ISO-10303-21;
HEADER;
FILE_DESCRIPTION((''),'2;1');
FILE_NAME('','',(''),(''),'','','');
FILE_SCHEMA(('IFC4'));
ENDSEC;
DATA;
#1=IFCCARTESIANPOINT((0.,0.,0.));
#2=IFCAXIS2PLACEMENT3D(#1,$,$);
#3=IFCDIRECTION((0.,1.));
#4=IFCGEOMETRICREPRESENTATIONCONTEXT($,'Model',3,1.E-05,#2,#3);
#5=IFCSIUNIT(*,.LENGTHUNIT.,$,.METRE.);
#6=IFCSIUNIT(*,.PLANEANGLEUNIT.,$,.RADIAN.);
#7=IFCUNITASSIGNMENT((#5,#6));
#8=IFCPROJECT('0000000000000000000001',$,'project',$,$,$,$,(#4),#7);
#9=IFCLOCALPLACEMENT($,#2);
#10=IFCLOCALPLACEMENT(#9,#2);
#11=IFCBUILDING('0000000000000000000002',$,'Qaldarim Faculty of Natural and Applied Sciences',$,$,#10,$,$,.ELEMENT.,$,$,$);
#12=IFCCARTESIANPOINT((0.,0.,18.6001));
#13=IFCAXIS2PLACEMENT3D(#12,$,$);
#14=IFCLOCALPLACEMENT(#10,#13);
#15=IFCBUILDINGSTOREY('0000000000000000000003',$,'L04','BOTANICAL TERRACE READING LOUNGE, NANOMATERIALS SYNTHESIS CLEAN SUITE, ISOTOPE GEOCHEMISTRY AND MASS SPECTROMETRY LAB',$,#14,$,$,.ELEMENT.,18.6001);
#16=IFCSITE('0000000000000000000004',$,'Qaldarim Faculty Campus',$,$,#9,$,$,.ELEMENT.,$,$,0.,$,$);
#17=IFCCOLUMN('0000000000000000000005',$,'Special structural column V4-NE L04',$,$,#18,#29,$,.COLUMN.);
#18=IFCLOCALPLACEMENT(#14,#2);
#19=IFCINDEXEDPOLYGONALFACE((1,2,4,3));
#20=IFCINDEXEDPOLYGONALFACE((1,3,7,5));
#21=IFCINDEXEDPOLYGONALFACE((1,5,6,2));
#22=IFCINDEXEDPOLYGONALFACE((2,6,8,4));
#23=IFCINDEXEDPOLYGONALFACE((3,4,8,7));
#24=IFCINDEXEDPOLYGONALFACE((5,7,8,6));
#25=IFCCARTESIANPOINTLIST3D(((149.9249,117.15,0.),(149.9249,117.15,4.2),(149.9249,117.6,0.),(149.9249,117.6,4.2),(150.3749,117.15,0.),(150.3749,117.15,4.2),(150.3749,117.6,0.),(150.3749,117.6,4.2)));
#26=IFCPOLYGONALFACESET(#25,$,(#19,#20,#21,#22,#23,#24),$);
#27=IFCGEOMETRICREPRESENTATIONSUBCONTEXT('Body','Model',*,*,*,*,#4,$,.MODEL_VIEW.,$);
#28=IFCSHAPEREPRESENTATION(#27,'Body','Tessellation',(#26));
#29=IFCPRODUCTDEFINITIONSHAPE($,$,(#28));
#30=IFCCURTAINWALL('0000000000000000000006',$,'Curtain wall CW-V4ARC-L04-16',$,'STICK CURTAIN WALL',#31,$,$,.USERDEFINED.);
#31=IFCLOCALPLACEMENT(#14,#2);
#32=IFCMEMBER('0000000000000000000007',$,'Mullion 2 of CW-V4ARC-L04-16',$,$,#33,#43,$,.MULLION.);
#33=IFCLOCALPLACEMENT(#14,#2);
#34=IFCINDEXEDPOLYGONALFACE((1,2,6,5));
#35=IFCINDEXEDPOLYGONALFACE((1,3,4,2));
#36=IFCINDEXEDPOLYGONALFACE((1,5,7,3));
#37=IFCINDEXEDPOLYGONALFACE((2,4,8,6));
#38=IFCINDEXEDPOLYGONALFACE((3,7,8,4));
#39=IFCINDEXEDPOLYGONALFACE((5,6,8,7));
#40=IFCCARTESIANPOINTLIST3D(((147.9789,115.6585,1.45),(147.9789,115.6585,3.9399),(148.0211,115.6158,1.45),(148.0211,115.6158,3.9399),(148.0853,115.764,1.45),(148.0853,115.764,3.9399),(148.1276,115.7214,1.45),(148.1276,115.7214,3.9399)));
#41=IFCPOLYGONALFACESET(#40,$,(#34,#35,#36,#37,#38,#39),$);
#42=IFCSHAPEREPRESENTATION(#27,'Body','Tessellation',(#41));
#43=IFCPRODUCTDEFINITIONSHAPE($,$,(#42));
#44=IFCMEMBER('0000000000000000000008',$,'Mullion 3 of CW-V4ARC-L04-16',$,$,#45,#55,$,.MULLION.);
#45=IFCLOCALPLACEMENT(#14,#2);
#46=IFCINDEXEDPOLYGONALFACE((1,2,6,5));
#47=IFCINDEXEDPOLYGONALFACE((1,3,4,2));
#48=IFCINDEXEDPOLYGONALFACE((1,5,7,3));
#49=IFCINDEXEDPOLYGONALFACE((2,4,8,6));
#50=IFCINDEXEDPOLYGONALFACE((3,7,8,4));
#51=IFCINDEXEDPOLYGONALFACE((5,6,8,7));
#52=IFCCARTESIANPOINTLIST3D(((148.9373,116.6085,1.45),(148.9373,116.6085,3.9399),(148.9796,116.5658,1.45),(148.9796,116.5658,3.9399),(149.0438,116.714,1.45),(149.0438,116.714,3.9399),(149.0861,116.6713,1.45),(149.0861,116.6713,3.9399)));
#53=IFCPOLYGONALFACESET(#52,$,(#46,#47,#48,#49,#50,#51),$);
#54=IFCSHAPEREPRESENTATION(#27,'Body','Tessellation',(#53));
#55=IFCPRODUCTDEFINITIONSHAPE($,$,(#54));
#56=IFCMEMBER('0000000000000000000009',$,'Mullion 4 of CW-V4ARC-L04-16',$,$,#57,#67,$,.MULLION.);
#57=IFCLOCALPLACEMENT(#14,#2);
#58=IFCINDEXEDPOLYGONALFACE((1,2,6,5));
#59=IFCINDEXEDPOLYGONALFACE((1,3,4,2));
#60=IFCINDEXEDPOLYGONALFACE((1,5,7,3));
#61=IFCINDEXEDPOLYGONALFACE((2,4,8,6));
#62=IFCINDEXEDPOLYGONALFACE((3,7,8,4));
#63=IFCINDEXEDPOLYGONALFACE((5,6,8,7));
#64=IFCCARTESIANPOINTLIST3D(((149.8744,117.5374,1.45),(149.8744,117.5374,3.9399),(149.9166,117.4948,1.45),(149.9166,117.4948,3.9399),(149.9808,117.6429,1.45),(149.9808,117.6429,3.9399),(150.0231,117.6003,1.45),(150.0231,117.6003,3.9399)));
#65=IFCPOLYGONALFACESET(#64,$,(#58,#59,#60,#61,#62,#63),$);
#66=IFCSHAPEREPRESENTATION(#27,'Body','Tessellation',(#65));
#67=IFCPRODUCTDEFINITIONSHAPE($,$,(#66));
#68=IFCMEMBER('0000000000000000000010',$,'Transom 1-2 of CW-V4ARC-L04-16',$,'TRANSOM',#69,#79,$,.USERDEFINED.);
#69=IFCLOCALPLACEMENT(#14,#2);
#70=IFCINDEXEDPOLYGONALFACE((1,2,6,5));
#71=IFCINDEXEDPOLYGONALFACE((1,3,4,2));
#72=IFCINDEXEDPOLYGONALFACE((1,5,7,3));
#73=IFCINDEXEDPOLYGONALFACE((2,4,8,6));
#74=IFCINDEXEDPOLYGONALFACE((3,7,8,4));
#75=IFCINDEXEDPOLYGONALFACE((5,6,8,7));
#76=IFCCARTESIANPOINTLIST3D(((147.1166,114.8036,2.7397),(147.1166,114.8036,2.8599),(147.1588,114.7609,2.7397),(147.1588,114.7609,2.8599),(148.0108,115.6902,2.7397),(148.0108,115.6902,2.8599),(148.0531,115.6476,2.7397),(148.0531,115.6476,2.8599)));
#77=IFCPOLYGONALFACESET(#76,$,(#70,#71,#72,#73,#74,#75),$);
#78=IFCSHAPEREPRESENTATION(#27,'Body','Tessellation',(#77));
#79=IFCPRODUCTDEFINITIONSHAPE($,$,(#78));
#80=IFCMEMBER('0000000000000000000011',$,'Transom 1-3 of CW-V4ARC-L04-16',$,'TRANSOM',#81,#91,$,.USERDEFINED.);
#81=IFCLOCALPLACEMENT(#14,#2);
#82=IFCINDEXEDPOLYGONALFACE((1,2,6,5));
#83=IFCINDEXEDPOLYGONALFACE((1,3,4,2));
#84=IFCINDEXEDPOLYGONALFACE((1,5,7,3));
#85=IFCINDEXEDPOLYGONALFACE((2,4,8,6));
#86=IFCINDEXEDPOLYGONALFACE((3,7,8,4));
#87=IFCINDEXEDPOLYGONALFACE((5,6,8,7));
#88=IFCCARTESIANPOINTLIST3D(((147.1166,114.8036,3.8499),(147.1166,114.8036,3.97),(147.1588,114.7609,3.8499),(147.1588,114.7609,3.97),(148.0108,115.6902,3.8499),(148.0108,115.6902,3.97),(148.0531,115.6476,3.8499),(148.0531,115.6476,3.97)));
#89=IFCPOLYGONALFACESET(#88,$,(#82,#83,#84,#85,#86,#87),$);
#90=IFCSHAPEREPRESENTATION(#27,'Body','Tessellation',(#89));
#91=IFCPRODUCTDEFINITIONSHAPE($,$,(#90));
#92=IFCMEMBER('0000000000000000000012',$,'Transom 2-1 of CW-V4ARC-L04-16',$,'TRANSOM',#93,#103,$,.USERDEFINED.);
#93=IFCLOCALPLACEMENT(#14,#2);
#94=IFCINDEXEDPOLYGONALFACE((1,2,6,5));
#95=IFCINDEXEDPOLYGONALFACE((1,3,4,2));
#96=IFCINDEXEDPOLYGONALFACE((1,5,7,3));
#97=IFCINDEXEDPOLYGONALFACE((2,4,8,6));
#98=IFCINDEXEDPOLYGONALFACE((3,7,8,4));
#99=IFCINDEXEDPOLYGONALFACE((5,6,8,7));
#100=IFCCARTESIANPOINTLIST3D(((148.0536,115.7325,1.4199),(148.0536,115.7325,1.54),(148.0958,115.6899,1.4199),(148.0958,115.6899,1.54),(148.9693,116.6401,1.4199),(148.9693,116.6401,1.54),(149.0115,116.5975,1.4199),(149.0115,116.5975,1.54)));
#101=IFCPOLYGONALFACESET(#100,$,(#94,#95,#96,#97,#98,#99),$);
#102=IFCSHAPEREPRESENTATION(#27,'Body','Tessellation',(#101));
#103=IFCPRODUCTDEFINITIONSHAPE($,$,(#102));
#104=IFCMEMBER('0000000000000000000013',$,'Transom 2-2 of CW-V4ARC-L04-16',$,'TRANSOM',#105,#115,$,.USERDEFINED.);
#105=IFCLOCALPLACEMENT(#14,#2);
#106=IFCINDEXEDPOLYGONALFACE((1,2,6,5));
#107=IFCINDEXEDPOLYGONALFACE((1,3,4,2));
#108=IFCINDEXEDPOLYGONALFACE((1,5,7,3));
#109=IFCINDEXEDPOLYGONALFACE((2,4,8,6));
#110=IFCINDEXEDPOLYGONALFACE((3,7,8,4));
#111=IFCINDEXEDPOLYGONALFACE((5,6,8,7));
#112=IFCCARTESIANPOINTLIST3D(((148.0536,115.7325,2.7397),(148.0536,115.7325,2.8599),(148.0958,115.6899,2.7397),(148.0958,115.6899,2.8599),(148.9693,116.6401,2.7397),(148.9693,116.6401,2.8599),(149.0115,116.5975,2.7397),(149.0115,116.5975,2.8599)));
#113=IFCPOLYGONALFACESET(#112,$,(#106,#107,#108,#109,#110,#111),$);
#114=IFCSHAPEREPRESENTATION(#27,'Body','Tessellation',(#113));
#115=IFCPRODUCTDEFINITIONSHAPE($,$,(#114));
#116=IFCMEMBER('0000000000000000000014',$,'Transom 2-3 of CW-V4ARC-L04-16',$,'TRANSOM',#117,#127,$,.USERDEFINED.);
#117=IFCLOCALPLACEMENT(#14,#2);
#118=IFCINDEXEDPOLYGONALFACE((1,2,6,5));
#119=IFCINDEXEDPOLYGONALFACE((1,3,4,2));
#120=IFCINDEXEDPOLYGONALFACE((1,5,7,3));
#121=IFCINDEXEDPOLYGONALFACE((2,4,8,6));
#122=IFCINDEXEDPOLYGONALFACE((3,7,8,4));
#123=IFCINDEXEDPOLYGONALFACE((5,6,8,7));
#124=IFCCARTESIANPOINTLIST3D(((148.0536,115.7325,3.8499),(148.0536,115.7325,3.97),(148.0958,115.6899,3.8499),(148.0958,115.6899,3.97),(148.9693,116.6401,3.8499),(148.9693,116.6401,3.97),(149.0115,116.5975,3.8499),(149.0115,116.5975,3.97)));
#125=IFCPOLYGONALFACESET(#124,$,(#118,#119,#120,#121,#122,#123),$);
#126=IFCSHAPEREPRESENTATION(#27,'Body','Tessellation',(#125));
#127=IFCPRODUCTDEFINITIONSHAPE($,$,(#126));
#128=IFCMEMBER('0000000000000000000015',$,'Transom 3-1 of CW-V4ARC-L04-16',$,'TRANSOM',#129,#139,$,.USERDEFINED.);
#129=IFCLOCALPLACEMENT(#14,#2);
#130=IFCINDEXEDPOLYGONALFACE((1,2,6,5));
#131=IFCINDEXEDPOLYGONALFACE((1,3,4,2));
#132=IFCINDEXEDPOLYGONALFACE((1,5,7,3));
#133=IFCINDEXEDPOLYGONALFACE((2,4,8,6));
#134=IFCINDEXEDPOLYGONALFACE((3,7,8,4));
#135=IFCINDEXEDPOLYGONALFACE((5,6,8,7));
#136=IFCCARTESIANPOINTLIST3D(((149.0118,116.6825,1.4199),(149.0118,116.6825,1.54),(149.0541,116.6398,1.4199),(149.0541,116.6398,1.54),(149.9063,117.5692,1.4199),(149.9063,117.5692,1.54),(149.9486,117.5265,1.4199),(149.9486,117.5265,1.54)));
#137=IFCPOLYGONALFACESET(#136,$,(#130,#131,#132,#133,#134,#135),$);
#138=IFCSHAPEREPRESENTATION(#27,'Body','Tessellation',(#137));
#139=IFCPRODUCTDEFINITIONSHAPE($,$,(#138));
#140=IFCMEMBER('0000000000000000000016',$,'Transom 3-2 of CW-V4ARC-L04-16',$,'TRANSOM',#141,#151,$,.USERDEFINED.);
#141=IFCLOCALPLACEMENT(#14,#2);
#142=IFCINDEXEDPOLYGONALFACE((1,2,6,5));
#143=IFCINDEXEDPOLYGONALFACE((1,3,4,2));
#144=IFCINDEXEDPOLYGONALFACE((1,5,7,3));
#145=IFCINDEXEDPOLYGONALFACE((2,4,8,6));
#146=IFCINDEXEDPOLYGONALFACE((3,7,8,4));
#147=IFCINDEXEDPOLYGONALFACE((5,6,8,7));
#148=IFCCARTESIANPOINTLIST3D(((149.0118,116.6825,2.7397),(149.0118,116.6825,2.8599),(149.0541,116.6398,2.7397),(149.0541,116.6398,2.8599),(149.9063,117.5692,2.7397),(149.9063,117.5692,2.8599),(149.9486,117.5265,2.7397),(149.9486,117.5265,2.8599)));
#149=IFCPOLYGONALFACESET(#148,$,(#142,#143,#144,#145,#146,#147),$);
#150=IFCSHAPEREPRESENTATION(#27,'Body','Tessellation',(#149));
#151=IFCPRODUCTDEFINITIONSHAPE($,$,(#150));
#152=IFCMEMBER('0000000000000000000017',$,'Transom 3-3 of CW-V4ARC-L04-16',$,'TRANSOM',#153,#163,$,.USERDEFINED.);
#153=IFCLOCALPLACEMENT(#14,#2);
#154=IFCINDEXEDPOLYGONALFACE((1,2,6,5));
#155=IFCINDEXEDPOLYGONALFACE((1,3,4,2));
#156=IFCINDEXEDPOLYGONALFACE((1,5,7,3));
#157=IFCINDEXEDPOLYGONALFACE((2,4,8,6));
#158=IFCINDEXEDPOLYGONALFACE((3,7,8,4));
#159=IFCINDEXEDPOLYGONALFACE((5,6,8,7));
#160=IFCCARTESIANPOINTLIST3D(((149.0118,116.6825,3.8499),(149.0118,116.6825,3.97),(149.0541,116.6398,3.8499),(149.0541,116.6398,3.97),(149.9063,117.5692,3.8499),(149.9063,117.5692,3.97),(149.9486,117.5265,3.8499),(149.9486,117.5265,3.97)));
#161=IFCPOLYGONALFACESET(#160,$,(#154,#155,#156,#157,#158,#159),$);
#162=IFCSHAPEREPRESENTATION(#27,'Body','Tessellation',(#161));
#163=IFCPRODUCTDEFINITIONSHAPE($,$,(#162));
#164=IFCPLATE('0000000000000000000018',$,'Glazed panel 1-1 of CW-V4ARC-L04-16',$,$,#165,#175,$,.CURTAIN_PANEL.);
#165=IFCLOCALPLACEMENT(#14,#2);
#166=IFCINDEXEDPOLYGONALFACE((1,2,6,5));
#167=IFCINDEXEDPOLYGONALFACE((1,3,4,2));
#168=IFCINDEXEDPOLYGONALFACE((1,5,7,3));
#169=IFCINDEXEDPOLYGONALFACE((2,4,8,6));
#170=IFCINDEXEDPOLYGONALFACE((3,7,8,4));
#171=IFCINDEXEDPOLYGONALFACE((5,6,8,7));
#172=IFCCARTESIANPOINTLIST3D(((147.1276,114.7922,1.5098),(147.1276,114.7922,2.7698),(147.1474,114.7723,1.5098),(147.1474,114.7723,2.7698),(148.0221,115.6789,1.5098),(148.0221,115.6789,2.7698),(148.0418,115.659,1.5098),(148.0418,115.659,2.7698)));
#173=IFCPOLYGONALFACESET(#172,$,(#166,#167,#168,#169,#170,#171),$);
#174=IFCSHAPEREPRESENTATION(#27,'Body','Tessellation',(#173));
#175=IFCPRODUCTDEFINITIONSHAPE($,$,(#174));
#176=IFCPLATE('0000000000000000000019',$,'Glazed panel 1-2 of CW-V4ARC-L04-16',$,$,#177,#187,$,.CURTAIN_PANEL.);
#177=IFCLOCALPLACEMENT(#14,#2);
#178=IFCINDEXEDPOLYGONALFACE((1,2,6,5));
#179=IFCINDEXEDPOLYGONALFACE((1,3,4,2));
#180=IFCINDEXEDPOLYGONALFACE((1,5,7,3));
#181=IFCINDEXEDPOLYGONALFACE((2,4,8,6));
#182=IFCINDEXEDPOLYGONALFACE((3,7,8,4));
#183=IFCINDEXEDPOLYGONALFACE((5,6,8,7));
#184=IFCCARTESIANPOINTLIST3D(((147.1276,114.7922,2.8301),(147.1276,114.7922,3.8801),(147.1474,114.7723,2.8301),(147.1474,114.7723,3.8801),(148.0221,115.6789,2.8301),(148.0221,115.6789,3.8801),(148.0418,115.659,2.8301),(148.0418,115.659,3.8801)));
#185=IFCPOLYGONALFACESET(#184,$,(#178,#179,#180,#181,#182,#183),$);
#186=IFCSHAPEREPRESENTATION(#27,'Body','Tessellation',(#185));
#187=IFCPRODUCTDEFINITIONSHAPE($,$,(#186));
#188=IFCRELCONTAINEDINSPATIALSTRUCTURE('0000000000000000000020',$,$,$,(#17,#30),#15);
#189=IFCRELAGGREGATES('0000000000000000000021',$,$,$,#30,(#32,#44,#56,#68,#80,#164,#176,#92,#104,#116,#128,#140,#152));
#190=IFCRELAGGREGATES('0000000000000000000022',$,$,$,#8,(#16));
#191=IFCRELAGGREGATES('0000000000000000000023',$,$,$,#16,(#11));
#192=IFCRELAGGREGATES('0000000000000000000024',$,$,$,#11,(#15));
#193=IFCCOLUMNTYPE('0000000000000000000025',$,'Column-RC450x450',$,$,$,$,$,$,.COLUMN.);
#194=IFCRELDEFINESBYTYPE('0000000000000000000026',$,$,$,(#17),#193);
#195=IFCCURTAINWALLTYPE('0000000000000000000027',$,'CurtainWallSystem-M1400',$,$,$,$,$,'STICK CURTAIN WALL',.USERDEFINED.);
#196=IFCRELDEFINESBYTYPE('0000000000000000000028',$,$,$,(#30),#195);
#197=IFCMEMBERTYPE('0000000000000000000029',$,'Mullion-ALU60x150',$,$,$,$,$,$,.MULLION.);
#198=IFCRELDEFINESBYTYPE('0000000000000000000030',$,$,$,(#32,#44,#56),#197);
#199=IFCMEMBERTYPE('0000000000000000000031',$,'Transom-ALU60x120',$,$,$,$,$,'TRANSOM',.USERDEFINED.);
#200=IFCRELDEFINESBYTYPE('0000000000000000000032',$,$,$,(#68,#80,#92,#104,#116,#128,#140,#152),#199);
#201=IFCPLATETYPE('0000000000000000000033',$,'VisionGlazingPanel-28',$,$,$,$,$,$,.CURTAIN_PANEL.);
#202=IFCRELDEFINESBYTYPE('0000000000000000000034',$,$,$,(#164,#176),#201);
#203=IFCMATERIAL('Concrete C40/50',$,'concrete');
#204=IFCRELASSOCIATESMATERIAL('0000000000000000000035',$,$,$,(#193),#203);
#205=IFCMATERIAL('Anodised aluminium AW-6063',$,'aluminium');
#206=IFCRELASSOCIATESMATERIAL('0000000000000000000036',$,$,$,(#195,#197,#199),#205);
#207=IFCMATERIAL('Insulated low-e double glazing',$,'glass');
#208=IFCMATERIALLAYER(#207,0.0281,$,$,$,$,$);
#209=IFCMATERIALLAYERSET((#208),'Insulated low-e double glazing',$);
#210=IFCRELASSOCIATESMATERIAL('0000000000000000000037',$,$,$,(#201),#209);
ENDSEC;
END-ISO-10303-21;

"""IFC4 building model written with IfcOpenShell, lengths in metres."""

from ifc_helpers import new_model, si_unit, direction, frame, origin, origin_2d, place, context, subcontext, project, spatial, rectangle, extrude, material, layer, layer_set, material_profile, profile_set, type_object, element, aggregate, save


model = new_model("IFC4")

# Units and contexts
model_context = context("Model", 3, precision=1e-05, world=origin(), true_north=direction((0.0, 1.0)))
body_context = subcontext(model_context, "Body", "Model", "MODEL_VIEW")
ifc_project = project(units=[si_unit("LENGTHUNIT", "METRE"), si_unit("PLANEANGLEUNIT", "RADIAN")], contexts=[model_context])

# Site, building, storey
site_placement = place(None, origin())
site = spatial("IfcSite", under=ifc_project, at=site_placement, Name="Qaldarim Faculty Campus", CompositionType="ELEMENT", RefElevation=0.0)
building_placement = place(site_placement, origin())
building = spatial("IfcBuilding", under=site, at=building_placement, Name="Qaldarim Faculty of Natural and Applied Sciences", CompositionType="ELEMENT")
storey_placement = place(building_placement, frame((0.0, 0.0, 18.6001)))
storey = spatial("IfcBuildingStorey", under=building, at=storey_placement, Name="L04", Description="BOTANICAL TERRACE READING LOUNGE, NANOMATERIALS SYNTHESIS CLEAN SUITE, ISOTOPE GEOCHEMISTRY AND MASS SPECTROMETRY LAB", CompositionType="ELEMENT", Elevation=18.6001)

# Column
ifc_material_1 = material(Name="Concrete C40/50", Category="concrete")
ifc_material_profile_1 = material_profile(ifc_material_1, rectangle(XDim=0.45, YDim=0.45, at=origin_2d()), Name="RC-C450x450")
ifc_profile_set_1 = profile_set([ifc_material_profile_1], Name="Concrete C40/50")
column_type = type_object("IfcColumnType", Name="Column-RC450x450", PredefinedType="COLUMN", material=ifc_profile_set_1)
column_placement = place(storey_placement, frame((150.1499, 117.375, 0.0), z_axis=(0.0, 0.0, 1.0), x_axis=(1.0, 0.0, 0.0)))
element("IfcColumn", 1, at=column_placement, inside=storey, type_object=column_type, Name="Special structural column V4-NE L04", PredefinedType="COLUMN", context=body_context, shape_type="SweptSolid", body=[
    extrude(rectangle(XDim=0.45, YDim=0.45, at=origin_2d()), origin(), (0.0, 0.0, 1.0), 4.2),
])

# Curtain wall, members, plates
ifc_material_2 = material(Name="Anodised aluminium AW-6063", Category="aluminium")
curtain_wall_type = type_object("IfcCurtainWallType", Name="CurtainWallSystem-M1400", ElementType="STICK CURTAIN WALL", PredefinedType="USERDEFINED", material=ifc_material_2)
curtain_wall_placement = place(storey_placement, origin())
curtain_wall = element("IfcCurtainWall", 2, at=curtain_wall_placement, inside=storey, type_object=curtain_wall_type, Name="Curtain wall CW-V4ARC-L04-16", ObjectType="STICK CURTAIN WALL", PredefinedType="USERDEFINED")
ifc_material_profile_2 = material_profile(ifc_material_2, rectangle(XDim=0.0601, YDim=0.1499, at=origin_2d()), Name="ALU-M60x150")
ifc_profile_set_2 = profile_set([ifc_material_profile_2], Name="Anodised aluminium AW-6063")
member_type_1 = type_object("IfcMemberType", Name="Mullion-ALU60x150", PredefinedType="MULLION", material=ifc_profile_set_2)
member_1_placement = place(storey_placement, frame((148.0532, 115.6899, 1.45), z_axis=(0.0, 0.0, 1.0), x_axis=(-0.704015, 0.710185, 0.0)))
member_1 = element("IfcMember", 3, at=member_1_placement, type_object=member_type_1, Name="Mullion 2 of CW-V4ARC-L04-16", PredefinedType="MULLION", context=body_context, shape_type="SweptSolid", body=[
    extrude(rectangle(XDim=0.0601, YDim=0.1499, at=origin_2d()), origin(), (0.0, 0.0, 1.0), 2.49),
])
member_2_placement = place(storey_placement, frame((149.0117, 116.6399, 1.45), z_axis=(0.0, 0.0, 1.0), x_axis=(-0.704015, 0.710185, 0.0)))
member_2 = element("IfcMember", 4, at=member_2_placement, type_object=member_type_1, Name="Mullion 3 of CW-V4ARC-L04-16", PredefinedType="MULLION", context=body_context, shape_type="SweptSolid", body=[
    extrude(rectangle(XDim=0.0601, YDim=0.1499, at=origin_2d()), origin(), (0.0, 0.0, 1.0), 2.49),
])
member_3_placement = place(storey_placement, frame((149.9487, 117.5688, 1.45), z_axis=(0.0, 0.0, 1.0), x_axis=(-0.704015, 0.710185, 0.0)))
member_3 = element("IfcMember", 5, at=member_3_placement, type_object=member_type_1, Name="Mullion 4 of CW-V4ARC-L04-16", PredefinedType="MULLION", context=body_context, shape_type="SweptSolid", body=[
    extrude(rectangle(XDim=0.0601, YDim=0.1499, at=origin_2d()), origin(), (0.0, 0.0, 1.0), 2.49),
])
ifc_material_profile_3 = material_profile(ifc_material_2, rectangle(XDim=0.0601, YDim=0.1201, at=origin_2d()), Name="ALU-T60x120")
ifc_profile_set_3 = profile_set([ifc_material_profile_3], Name="Anodised aluminium AW-6063")
member_type_2 = type_object("IfcMemberType", Name="Transom-ALU60x120", ElementType="TRANSOM", PredefinedType="USERDEFINED", material=ifc_profile_set_3)
member_4_placement = place(storey_placement, frame((147.1377, 114.7822, 2.7998), z_axis=(0.710105, 0.704096, 0.0), x_axis=(-0.704096, 0.710105, 0.0)))
member_4 = element("IfcMember", 6, at=member_4_placement, type_object=member_type_2, Name="Transom 1-2 of CW-V4ARC-L04-16", ObjectType="TRANSOM", PredefinedType="USERDEFINED", context=body_context, shape_type="SweptSolid", body=[
    extrude(rectangle(XDim=0.0601, YDim=0.1201, at=origin_2d()), origin(), (0.0, 0.0, 1.0), 1.2593),
])
member_5_placement = place(storey_placement, frame((147.1377, 114.7822, 3.9099), z_axis=(0.710105, 0.704096, 0.0), x_axis=(-0.704096, 0.710105, 0.0)))
member_5 = element("IfcMember", 7, at=member_5_placement, type_object=member_type_2, Name="Transom 1-3 of CW-V4ARC-L04-16", ObjectType="TRANSOM", PredefinedType="USERDEFINED", context=body_context, shape_type="SweptSolid", body=[
    extrude(rectangle(XDim=0.0601, YDim=0.1201, at=origin_2d()), origin(), (0.0, 0.0, 1.0), 1.2593),
])
member_6_placement = place(storey_placement, frame((148.0747, 115.7112, 1.48), z_axis=(0.710224, 0.703976, 0.0), x_axis=(-0.703976, 0.710224, 0.0)))
member_6 = element("IfcMember", 8, at=member_6_placement, type_object=member_type_2, Name="Transom 2-1 of CW-V4ARC-L04-16", ObjectType="TRANSOM", PredefinedType="USERDEFINED", context=body_context, shape_type="SweptSolid", body=[
    extrude(rectangle(XDim=0.0601, YDim=0.1201, at=origin_2d()), origin(), (0.0, 0.0, 1.0), 1.2893),
])
member_7_placement = place(storey_placement, frame((148.0747, 115.7112, 2.7998), z_axis=(0.710224, 0.703976, 0.0), x_axis=(-0.703976, 0.710224, 0.0)))
member_7 = element("IfcMember", 9, at=member_7_placement, type_object=member_type_2, Name="Transom 2-2 of CW-V4ARC-L04-16", ObjectType="TRANSOM", PredefinedType="USERDEFINED", context=body_context, shape_type="SweptSolid", body=[
    extrude(rectangle(XDim=0.0601, YDim=0.1201, at=origin_2d()), origin(), (0.0, 0.0, 1.0), 1.2893),
])
member_8_placement = place(storey_placement, frame((148.0747, 115.7112, 3.9099), z_axis=(0.710224, 0.703976, 0.0), x_axis=(-0.703976, 0.710224, 0.0)))
member_8 = element("IfcMember", 10, at=member_8_placement, type_object=member_type_2, Name="Transom 2-3 of CW-V4ARC-L04-16", ObjectType="TRANSOM", PredefinedType="USERDEFINED", context=body_context, shape_type="SweptSolid", body=[
    extrude(rectangle(XDim=0.0601, YDim=0.1201, at=origin_2d()), origin(), (0.0, 0.0, 1.0), 1.2893),
])
member_9_placement = place(storey_placement, frame((149.033, 116.6611, 1.48), z_axis=(0.710201, 0.703999, 0.0), x_axis=(-0.703999, 0.710201, 0.0)))
member_9 = element("IfcMember", 11, at=member_9_placement, type_object=member_type_2, Name="Transom 3-1 of CW-V4ARC-L04-16", ObjectType="TRANSOM", PredefinedType="USERDEFINED", context=body_context, shape_type="SweptSolid", body=[
    extrude(rectangle(XDim=0.0601, YDim=0.1201, at=origin_2d()), origin(), (0.0, 0.0, 1.0), 1.2595),
])
member_10_placement = place(storey_placement, frame((149.033, 116.6611, 2.7998), z_axis=(0.710201, 0.703999, 0.0), x_axis=(-0.703999, 0.710201, 0.0)))
member_10 = element("IfcMember", 12, at=member_10_placement, type_object=member_type_2, Name="Transom 3-2 of CW-V4ARC-L04-16", ObjectType="TRANSOM", PredefinedType="USERDEFINED", context=body_context, shape_type="SweptSolid", body=[
    extrude(rectangle(XDim=0.0601, YDim=0.1201, at=origin_2d()), origin(), (0.0, 0.0, 1.0), 1.2595),
])
member_11_placement = place(storey_placement, frame((149.033, 116.6611, 3.9099), z_axis=(0.710201, 0.703999, 0.0), x_axis=(-0.703999, 0.710201, 0.0)))
member_11 = element("IfcMember", 13, at=member_11_placement, type_object=member_type_2, Name="Transom 3-3 of CW-V4ARC-L04-16", ObjectType="TRANSOM", PredefinedType="USERDEFINED", context=body_context, shape_type="SweptSolid", body=[
    extrude(rectangle(XDim=0.0601, YDim=0.1201, at=origin_2d()), origin(), (0.0, 0.0, 1.0), 1.2595),
])
ifc_material_3 = material(Name="Insulated low-e double glazing", Category="glass")
ifc_layer_1 = layer(ifc_material_3, 0.0281)
ifc_layer_set_1 = layer_set([ifc_layer_1], Name="Insulated low-e double glazing")
plate_type = type_object("IfcPlateType", Name="VisionGlazingPanel-28", PredefinedType="CURTAIN_PANEL", material=ifc_layer_set_1)
plate_1_placement = place(storey_placement, frame((147.5847, 115.2256, 1.5098), z_axis=(0.0, 0.0, 1.0), x_axis=(0.710185, 0.704015, 0.0)))
plate_1 = element("IfcPlate", 14, at=plate_1_placement, type_object=plate_type, Name="Glazed panel 1-1 of CW-V4ARC-L04-16", PredefinedType="CURTAIN_PANEL", context=body_context, shape_type="SweptSolid", body=[
    extrude(rectangle(XDim=1.2595, YDim=0.0281, at=origin_2d()), origin(), (0.0, 0.0, 1.0), 1.26),
])
plate_2_placement = place(storey_placement, frame((147.5847, 115.2256, 2.8301), z_axis=(0.0, 0.0, 1.0), x_axis=(0.710185, 0.704015, 0.0)))
plate_2 = element("IfcPlate", 15, at=plate_2_placement, type_object=plate_type, Name="Glazed panel 1-2 of CW-V4ARC-L04-16", PredefinedType="CURTAIN_PANEL", context=body_context, shape_type="SweptSolid", body=[
    extrude(rectangle(XDim=1.2595, YDim=0.0281, at=origin_2d()), origin(), (0.0, 0.0, 1.0), 1.05),
])
aggregate(curtain_wall, [member_1, member_2, member_3, member_4, member_5, plate_1, plate_2, member_6, member_7, member_8, member_9, member_10, member_11])

save(model, "model.ifc")
